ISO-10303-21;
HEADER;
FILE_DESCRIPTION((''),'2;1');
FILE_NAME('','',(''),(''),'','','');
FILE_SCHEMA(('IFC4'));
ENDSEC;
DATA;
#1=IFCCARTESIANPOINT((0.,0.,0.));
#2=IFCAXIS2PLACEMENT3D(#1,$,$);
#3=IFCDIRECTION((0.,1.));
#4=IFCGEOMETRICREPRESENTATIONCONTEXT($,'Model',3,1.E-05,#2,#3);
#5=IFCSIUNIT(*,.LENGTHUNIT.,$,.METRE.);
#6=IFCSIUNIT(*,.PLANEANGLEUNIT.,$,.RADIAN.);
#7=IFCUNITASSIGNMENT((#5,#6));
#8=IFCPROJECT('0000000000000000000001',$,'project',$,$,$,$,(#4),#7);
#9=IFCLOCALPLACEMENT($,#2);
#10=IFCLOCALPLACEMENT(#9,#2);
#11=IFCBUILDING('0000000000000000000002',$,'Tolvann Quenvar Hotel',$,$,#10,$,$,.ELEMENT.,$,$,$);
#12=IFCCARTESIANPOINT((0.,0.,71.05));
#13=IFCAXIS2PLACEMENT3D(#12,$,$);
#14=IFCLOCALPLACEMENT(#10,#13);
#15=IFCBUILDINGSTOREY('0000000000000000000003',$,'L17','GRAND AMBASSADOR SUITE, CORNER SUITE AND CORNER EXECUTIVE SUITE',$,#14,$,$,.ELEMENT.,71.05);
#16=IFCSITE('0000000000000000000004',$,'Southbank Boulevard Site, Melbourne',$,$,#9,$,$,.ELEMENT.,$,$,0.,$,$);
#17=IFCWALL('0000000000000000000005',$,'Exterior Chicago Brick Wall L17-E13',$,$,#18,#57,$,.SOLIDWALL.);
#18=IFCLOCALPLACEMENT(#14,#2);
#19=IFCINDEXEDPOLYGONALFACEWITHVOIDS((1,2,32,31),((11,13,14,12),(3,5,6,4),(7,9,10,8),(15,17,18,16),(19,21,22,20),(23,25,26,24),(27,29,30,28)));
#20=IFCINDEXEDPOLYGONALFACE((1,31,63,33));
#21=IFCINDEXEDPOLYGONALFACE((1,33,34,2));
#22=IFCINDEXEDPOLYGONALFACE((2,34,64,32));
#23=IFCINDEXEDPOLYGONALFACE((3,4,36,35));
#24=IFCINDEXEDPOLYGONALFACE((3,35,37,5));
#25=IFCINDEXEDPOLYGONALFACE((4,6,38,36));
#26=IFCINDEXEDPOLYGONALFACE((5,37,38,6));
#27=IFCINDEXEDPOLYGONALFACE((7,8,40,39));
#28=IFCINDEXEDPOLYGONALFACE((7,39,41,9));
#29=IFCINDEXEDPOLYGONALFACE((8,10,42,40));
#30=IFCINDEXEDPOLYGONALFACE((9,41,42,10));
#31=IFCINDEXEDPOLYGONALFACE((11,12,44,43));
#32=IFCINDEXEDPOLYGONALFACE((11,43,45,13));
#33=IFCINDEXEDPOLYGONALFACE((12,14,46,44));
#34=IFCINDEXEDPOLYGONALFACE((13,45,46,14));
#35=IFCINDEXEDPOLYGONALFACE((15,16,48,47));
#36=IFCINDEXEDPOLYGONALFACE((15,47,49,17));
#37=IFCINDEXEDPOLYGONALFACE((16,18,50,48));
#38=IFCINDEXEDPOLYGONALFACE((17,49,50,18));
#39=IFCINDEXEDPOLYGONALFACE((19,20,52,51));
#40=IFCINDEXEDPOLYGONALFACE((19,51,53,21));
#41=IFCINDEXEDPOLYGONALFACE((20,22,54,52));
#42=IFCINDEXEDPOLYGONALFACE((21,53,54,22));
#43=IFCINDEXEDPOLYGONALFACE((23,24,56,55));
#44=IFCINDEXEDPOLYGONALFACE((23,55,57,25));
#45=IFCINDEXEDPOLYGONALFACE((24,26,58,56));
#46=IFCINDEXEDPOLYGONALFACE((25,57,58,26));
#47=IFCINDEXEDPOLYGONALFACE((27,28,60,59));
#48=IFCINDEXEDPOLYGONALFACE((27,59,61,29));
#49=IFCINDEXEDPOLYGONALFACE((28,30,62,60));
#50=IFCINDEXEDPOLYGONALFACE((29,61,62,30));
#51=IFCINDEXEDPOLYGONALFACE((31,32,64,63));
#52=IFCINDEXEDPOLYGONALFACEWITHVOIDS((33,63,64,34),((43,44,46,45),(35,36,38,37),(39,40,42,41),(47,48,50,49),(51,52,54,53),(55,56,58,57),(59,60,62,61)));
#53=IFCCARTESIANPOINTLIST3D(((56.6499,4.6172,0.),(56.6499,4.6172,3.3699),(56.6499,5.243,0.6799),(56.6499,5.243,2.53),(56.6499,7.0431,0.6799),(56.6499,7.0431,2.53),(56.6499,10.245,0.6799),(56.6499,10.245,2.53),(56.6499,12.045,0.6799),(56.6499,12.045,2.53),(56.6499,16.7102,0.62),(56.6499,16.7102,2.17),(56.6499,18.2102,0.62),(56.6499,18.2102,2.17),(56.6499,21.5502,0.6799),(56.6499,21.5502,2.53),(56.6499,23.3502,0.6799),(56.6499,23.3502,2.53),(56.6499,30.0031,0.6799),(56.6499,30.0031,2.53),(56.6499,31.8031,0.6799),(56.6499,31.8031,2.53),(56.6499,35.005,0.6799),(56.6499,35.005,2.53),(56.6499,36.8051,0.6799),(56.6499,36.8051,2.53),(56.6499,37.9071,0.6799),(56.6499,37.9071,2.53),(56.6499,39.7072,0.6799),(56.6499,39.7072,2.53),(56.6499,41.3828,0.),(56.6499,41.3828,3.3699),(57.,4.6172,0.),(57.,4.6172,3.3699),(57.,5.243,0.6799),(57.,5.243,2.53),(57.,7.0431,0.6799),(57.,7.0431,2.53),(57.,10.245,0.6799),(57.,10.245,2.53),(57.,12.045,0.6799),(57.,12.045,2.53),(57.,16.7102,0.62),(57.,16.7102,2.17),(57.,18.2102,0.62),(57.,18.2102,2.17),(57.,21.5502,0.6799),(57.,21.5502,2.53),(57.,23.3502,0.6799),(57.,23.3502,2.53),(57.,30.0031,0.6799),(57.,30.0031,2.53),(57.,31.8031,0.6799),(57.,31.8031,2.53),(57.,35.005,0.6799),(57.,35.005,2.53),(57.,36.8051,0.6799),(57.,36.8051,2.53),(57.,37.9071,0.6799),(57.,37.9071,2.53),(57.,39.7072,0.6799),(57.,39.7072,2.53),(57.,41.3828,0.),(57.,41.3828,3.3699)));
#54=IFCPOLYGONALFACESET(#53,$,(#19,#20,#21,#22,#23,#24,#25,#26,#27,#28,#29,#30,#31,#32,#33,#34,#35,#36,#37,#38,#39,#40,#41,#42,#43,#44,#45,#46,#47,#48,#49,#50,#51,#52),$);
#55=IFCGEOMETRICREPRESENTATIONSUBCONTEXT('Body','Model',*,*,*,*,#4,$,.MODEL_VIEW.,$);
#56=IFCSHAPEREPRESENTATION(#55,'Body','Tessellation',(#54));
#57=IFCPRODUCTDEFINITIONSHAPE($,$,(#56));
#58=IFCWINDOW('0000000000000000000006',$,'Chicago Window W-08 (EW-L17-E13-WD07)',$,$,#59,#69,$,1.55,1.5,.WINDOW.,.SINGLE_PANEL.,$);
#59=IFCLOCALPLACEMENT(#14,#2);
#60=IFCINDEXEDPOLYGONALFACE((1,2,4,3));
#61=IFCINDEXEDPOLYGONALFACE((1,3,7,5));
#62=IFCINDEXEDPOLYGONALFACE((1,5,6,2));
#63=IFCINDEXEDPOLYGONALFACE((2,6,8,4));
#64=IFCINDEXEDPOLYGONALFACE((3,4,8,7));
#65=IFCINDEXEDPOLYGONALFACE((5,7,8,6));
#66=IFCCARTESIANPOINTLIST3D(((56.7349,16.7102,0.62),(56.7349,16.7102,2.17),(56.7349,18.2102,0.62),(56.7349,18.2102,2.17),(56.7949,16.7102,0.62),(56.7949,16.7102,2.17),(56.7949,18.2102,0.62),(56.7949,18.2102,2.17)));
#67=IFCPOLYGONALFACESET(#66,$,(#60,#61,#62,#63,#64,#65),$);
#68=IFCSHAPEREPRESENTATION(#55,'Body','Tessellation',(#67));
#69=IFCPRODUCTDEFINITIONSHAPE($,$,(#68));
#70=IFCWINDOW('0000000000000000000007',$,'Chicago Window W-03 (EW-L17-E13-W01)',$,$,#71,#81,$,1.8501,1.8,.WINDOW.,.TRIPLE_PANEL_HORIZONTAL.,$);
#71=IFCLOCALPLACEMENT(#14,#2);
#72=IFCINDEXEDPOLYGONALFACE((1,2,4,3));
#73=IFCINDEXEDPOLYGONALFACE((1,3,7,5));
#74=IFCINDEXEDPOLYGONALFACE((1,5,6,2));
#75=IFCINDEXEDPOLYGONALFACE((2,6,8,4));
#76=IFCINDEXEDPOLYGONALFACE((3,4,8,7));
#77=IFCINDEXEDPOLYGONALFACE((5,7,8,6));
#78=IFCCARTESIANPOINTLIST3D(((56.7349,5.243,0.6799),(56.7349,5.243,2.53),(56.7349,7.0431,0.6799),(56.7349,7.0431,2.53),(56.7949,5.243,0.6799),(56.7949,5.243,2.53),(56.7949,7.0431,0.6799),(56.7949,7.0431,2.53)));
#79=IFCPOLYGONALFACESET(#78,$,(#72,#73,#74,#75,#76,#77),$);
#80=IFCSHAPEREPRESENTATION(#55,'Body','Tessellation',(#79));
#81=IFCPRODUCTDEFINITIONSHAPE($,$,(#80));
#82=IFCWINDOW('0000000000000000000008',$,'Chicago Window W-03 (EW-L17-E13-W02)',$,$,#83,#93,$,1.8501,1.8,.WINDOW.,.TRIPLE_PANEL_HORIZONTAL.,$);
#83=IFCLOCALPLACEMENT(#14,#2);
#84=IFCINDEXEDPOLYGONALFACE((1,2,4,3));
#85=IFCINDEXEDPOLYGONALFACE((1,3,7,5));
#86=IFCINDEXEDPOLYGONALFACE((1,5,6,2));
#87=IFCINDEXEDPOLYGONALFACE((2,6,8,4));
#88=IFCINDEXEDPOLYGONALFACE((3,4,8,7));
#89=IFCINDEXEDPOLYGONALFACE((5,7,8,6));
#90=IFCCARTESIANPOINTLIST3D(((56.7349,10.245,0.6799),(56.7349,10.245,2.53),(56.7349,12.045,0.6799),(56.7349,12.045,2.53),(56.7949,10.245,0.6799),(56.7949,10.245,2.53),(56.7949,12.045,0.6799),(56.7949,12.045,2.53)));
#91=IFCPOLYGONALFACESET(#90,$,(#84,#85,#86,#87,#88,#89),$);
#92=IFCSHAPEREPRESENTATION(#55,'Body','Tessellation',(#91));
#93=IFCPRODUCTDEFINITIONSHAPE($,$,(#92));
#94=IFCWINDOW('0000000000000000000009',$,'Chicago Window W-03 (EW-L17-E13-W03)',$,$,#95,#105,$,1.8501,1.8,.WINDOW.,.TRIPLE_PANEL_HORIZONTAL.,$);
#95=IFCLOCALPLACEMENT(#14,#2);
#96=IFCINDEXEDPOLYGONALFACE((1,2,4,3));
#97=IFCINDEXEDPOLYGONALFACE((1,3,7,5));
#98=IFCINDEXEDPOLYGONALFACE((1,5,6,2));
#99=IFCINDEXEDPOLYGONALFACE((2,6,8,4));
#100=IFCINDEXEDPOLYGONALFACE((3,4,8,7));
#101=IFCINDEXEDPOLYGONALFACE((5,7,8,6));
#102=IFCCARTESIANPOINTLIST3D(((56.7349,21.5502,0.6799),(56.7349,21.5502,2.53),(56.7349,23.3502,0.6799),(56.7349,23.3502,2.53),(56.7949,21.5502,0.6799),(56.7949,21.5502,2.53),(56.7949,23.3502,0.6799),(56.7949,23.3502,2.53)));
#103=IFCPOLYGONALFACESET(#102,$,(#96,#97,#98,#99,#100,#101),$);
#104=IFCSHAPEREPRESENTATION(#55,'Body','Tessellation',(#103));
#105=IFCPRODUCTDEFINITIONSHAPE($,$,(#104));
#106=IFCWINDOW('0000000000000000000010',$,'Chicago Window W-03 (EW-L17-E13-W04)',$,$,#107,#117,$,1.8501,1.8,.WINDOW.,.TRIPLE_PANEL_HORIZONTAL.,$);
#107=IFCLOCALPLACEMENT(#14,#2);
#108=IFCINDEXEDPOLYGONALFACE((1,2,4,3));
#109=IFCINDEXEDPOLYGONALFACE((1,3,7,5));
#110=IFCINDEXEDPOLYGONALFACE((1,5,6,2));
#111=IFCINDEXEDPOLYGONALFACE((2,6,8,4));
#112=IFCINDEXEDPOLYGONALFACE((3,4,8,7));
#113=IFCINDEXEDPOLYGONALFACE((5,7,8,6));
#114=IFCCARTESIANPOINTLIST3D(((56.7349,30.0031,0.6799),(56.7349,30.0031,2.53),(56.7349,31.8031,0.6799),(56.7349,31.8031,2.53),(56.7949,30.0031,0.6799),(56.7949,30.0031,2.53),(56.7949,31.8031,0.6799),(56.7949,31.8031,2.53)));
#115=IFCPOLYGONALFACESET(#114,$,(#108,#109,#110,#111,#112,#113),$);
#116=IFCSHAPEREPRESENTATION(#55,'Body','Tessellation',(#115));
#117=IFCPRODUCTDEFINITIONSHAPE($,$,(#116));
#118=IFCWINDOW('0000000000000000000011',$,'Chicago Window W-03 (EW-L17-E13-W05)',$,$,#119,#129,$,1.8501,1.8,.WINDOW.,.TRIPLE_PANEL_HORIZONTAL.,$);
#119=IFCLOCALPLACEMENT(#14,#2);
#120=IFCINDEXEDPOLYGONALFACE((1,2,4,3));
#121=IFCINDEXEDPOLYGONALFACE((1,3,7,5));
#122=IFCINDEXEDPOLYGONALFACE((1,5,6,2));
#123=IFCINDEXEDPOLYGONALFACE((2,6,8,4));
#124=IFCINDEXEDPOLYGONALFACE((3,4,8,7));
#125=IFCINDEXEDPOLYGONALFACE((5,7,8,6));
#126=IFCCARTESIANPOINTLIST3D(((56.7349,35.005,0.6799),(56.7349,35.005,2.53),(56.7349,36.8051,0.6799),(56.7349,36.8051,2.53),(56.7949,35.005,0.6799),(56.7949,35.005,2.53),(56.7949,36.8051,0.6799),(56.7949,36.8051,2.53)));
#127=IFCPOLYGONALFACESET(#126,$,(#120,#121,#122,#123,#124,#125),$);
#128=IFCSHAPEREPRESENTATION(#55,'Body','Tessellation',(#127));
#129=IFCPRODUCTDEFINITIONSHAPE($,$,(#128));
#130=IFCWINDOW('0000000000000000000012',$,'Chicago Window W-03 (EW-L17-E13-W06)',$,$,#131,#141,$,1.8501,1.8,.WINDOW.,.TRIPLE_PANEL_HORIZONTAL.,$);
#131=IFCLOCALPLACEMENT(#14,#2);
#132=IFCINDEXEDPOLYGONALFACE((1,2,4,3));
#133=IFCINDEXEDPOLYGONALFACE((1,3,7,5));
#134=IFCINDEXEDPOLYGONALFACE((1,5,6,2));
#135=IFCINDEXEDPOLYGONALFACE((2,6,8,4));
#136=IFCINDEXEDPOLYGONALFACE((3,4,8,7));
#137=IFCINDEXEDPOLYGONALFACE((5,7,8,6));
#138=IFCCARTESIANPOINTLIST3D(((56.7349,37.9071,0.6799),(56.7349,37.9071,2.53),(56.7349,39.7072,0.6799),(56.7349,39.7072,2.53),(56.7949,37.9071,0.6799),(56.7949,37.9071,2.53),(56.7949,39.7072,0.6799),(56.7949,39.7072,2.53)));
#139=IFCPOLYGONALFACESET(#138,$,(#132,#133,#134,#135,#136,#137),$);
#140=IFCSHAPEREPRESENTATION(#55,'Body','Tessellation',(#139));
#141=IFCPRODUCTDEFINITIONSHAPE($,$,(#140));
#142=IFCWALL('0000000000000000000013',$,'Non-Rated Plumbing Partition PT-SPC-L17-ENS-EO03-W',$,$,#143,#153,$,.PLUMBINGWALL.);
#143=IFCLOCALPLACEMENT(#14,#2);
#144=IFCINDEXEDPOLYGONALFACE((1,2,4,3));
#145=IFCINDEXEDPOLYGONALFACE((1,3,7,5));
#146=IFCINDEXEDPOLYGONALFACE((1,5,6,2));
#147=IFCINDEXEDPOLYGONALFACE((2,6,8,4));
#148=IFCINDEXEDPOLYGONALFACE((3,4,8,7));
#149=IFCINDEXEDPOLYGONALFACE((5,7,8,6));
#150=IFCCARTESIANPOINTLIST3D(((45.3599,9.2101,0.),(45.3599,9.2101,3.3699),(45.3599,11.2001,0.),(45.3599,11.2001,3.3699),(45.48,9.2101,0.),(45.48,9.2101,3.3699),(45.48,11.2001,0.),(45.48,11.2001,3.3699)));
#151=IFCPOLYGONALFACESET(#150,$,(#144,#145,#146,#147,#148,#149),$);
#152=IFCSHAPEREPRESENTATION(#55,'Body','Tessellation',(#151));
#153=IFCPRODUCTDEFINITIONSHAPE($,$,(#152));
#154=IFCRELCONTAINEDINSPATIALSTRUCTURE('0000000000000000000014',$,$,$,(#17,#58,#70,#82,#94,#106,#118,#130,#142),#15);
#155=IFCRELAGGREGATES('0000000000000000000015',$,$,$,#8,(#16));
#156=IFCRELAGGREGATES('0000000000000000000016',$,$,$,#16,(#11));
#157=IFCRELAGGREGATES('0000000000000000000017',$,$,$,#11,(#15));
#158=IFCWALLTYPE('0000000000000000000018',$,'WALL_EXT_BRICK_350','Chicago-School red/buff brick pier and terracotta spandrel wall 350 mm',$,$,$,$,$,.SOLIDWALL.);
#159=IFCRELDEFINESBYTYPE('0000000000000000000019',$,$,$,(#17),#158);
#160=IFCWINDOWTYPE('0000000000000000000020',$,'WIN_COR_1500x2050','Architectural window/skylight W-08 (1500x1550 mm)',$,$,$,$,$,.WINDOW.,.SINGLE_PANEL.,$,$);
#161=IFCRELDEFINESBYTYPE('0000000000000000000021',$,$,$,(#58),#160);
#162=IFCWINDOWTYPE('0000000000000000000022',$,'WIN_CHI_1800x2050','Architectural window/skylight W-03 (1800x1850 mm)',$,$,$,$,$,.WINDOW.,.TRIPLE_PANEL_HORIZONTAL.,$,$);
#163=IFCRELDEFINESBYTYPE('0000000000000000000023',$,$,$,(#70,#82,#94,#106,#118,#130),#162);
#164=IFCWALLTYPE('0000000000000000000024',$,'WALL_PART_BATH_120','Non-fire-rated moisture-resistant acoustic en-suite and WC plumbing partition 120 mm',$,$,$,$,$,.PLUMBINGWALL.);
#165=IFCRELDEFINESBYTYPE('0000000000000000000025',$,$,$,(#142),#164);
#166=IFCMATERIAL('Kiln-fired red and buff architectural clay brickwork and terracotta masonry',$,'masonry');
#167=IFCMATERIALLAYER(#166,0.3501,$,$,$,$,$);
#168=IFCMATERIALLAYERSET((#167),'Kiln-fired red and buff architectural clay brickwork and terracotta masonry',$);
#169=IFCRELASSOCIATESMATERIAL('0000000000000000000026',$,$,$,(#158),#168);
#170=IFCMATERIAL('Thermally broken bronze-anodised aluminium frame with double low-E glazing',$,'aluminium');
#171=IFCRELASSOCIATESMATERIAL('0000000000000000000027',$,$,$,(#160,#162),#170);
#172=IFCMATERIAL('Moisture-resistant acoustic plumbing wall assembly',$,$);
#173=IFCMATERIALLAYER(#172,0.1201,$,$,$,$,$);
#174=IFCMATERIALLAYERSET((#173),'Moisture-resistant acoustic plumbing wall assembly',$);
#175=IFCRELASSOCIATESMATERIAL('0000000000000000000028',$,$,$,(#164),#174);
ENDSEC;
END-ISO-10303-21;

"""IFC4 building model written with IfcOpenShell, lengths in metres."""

from ifc_helpers import new_model, si_unit, direction, frame, frame_2d, origin, place, context, subcontext, project, spatial, rectangle, extrude, source, transform, mapped, material, layer, layer_set, type_object, type_shapes, element, fill, save


model = new_model("IFC4")

# Units and contexts
model_context = context("Model", 3, precision=1e-05, world=origin(), true_north=direction((0.0, 1.0)))
body_context = subcontext(model_context, "Body", "Model", "MODEL_VIEW")
ifc_project = project(units=[si_unit("LENGTHUNIT", "METRE"), si_unit("PLANEANGLEUNIT", "RADIAN")], contexts=[model_context])

# Site, building, storey
site_placement = place(None, origin())
site = spatial("IfcSite", under=ifc_project, at=site_placement, Name="Southbank Boulevard Site, Melbourne", CompositionType="ELEMENT", RefElevation=0.0)
building_placement = place(site_placement, origin())
building = spatial("IfcBuilding", under=site, at=building_placement, Name="Tolvann Quenvar Hotel", CompositionType="ELEMENT")
storey_placement = place(building_placement, frame((0.0, 0.0, 71.05)))
storey = spatial("IfcBuildingStorey", under=building, at=storey_placement, Name="L17", Description="GRAND AMBASSADOR SUITE, CORNER SUITE AND CORNER EXECUTIVE SUITE", CompositionType="ELEMENT", Elevation=71.05)

# Wall, openings, windows
ifc_material_1 = material(Name="Kiln-fired red and buff architectural clay brickwork and terracotta masonry", Category="masonry")
ifc_layer_1 = layer(ifc_material_1, 0.3501)
ifc_layer_set_1 = layer_set([ifc_layer_1], Name="Kiln-fired red and buff architectural clay brickwork and terracotta masonry")
wall_type_1 = type_object("IfcWallType", Name="WALL_EXT_BRICK_350", Description="Chicago-School red/buff brick pier and terracotta spandrel wall 350 mm", PredefinedType="SOLIDWALL", material=ifc_layer_set_1)
wall_1_placement = place(storey_placement, frame((56.825, 4.6172, 0.0), z_axis=(0.0, 0.0, 1.0), x_axis=(0.0, 1.0, 0.0)))
wall_1 = element("IfcWall", 1, at=wall_1_placement, inside=storey, type_object=wall_type_1, Name="Exterior Chicago Brick Wall L17-E13", PredefinedType="SOLIDWALL", context=body_context, shape_type="SweptSolid", body=[
    extrude(rectangle(XDim=36.7656, YDim=0.3501, at=frame_2d((18.3828, 0.0))), origin(), (0.0, 0.0, 1.0), 3.3699),
])
opening_1_placement = place(wall_1_placement, frame((0.626, 0.0, 0.6799)))
opening_1 = element("IfcOpeningElement", 2, at=opening_1_placement, cuts=wall_1, PredefinedType="OPENING", context=body_context, shape_type="SweptSolid", body=[
    extrude(rectangle(XDim=1.8, YDim=1.8501, at=frame_2d((0.8999, 0.925))), frame((0.0, 0.1851, 0.0), z_axis=(0.0, -1.0, 0.0), x_axis=(1.0, 0.0, 0.0)), (0.0, 0.0, 1.0), 0.3701),
])
opening_2_placement = place(wall_1_placement, frame((5.6279, 0.0, 0.6799)))
opening_2 = element("IfcOpeningElement", 3, at=opening_2_placement, cuts=wall_1, PredefinedType="OPENING", context=body_context, shape_type="SweptSolid", body=[
    extrude(rectangle(XDim=1.8, YDim=1.8501, at=frame_2d((0.8999, 0.925))), frame((0.0, 0.1851, 0.0), z_axis=(0.0, -1.0, 0.0), x_axis=(1.0, 0.0, 0.0)), (0.0, 0.0, 1.0), 0.3701),
])
opening_3_placement = place(wall_1_placement, frame((16.9331, 0.0, 0.6799)))
opening_3 = element("IfcOpeningElement", 4, at=opening_3_placement, cuts=wall_1, PredefinedType="OPENING", context=body_context, shape_type="SweptSolid", body=[
    extrude(rectangle(XDim=1.8, YDim=1.8501, at=frame_2d((0.8999, 0.925))), frame((0.0, 0.1851, 0.0), z_axis=(0.0, -1.0, 0.0), x_axis=(1.0, 0.0, 0.0)), (0.0, 0.0, 1.0), 0.3701),
])
opening_4_placement = place(wall_1_placement, frame((25.386, 0.0, 0.6799)))
opening_4 = element("IfcOpeningElement", 5, at=opening_4_placement, cuts=wall_1, PredefinedType="OPENING", context=body_context, shape_type="SweptSolid", body=[
    extrude(rectangle(XDim=1.8, YDim=1.8501, at=frame_2d((0.8999, 0.925))), frame((0.0, 0.1851, 0.0), z_axis=(0.0, -1.0, 0.0), x_axis=(1.0, 0.0, 0.0)), (0.0, 0.0, 1.0), 0.3701),
])
opening_5_placement = place(wall_1_placement, frame((30.3879, 0.0, 0.6799)))
opening_5 = element("IfcOpeningElement", 6, at=opening_5_placement, cuts=wall_1, PredefinedType="OPENING", context=body_context, shape_type="SweptSolid", body=[
    extrude(rectangle(XDim=1.8, YDim=1.8501, at=frame_2d((0.8999, 0.925))), frame((0.0, 0.1851, 0.0), z_axis=(0.0, -1.0, 0.0), x_axis=(1.0, 0.0, 0.0)), (0.0, 0.0, 1.0), 0.3701),
])
opening_6_placement = place(wall_1_placement, frame((33.29, 0.0, 0.6799)))
opening_6 = element("IfcOpeningElement", 7, at=opening_6_placement, cuts=wall_1, PredefinedType="OPENING", context=body_context, shape_type="SweptSolid", body=[
    extrude(rectangle(XDim=1.8, YDim=1.8501, at=frame_2d((0.8999, 0.925))), frame((0.0, 0.1851, 0.0), z_axis=(0.0, -1.0, 0.0), x_axis=(1.0, 0.0, 0.0)), (0.0, 0.0, 1.0), 0.3701),
])
opening_7_placement = place(wall_1_placement, frame((12.093, 0.0, 0.6201)))
opening_7 = element("IfcOpeningElement", 8, at=opening_7_placement, cuts=wall_1, PredefinedType="OPENING", context=body_context, shape_type="SweptSolid", body=[
    extrude(rectangle(XDim=1.5, YDim=1.55, at=frame_2d((0.75, 0.7749))), frame((0.0, 0.1851, 0.0), z_axis=(0.0, -1.0, 0.0), x_axis=(1.0, 0.0, 0.0)), (0.0, 0.0, 1.0), 0.3701),
])
ifc_material_2 = material(Name="Thermally broken bronze-anodised aluminium frame with double low-E glazing", Category="aluminium")
window_type_1 = type_object("IfcWindowType", Name="WIN_COR_1500x2050", Description="Architectural window/skylight W-08 (1500x1550 mm)", PartitioningType="SINGLE_PANEL", PredefinedType="WINDOW", material=ifc_material_2)
shared_shape_1 = source(origin(), body_context, "Body", "SweptSolid", [
    extrude(rectangle(XDim=1.5, YDim=1.55, at=frame_2d((0.75, 0.7749))), frame((0.0, 0.0901, 0.0), z_axis=(0.0, -1.0, 0.0), x_axis=(1.0, 0.0, 0.0)), (0.0, 0.0, 1.0), 0.0601),
])
type_shapes(window_type_1, [shared_shape_1])
window_1_placement = place(opening_7_placement, origin())
window_1 = element("IfcWindow", 9, at=window_1_placement, inside=storey, type_object=window_type_1, Name="Chicago Window W-08 (EW-L17-E13-WD07)", OverallHeight=1.55, OverallWidth=1.5, PartitioningType="SINGLE_PANEL", PredefinedType="WINDOW", context=body_context, shape_type="MappedRepresentation", body=[
    mapped(shared_shape_1, transform((0.0, 0.0, 0.0), x_axis=(1.0, 0.0, 0.0), y_axis=(0.0, 1.0, 0.0), z_axis=(0.0, 0.0, 1.0), scale=1.0)),
])
fill(opening_7, window_1)
window_type_2 = type_object("IfcWindowType", Name="WIN_CHI_1800x2050", Description="Architectural window/skylight W-03 (1800x1850 mm)", PartitioningType="TRIPLE_PANEL_HORIZONTAL", PredefinedType="WINDOW", material=ifc_material_2)
shared_shape_2 = source(origin(), body_context, "Body", "SweptSolid", [
    extrude(rectangle(XDim=1.8, YDim=1.8501, at=frame_2d((0.8999, 0.925))), frame((0.0, 0.0901, 0.0), z_axis=(0.0, -1.0, 0.0), x_axis=(1.0, 0.0, 0.0)), (0.0, 0.0, 1.0), 0.0601),
])
type_shapes(window_type_2, [shared_shape_2])
window_2_placement = place(opening_1_placement, origin())
window_2 = element("IfcWindow", 10, at=window_2_placement, inside=storey, type_object=window_type_2, Name="Chicago Window W-03 (EW-L17-E13-W01)", OverallHeight=1.8501, OverallWidth=1.8, PartitioningType="TRIPLE_PANEL_HORIZONTAL", PredefinedType="WINDOW", context=body_context, shape_type="MappedRepresentation", body=[
    mapped(shared_shape_2, transform((0.0, 0.0, 0.0), x_axis=(1.0, 0.0, 0.0), y_axis=(0.0, 1.0, 0.0), z_axis=(0.0, 0.0, 1.0), scale=1.0)),
])
fill(opening_1, window_2)
window_3_placement = place(opening_2_placement, origin())
window_3 = element("IfcWindow", 11, at=window_3_placement, inside=storey, type_object=window_type_2, Name="Chicago Window W-03 (EW-L17-E13-W02)", OverallHeight=1.8501, OverallWidth=1.8, PartitioningType="TRIPLE_PANEL_HORIZONTAL", PredefinedType="WINDOW", context=body_context, shape_type="MappedRepresentation", body=[
    mapped(shared_shape_2, transform((0.0, 0.0, 0.0), x_axis=(1.0, 0.0, 0.0), y_axis=(0.0, 1.0, 0.0), z_axis=(0.0, 0.0, 1.0), scale=1.0)),
])
fill(opening_2, window_3)
window_4_placement = place(opening_3_placement, origin())
window_4 = element("IfcWindow", 12, at=window_4_placement, inside=storey, type_object=window_type_2, Name="Chicago Window W-03 (EW-L17-E13-W03)", OverallHeight=1.8501, OverallWidth=1.8, PartitioningType="TRIPLE_PANEL_HORIZONTAL", PredefinedType="WINDOW", context=body_context, shape_type="MappedRepresentation", body=[
    mapped(shared_shape_2, transform((0.0, 0.0, 0.0), x_axis=(1.0, 0.0, 0.0), y_axis=(0.0, 1.0, 0.0), z_axis=(0.0, 0.0, 1.0), scale=1.0)),
])
fill(opening_3, window_4)
window_5_placement = place(opening_4_placement, origin())
window_5 = element("IfcWindow", 13, at=window_5_placement, inside=storey, type_object=window_type_2, Name="Chicago Window W-03 (EW-L17-E13-W04)", OverallHeight=1.8501, OverallWidth=1.8, PartitioningType="TRIPLE_PANEL_HORIZONTAL", PredefinedType="WINDOW", context=body_context, shape_type="MappedRepresentation", body=[
    mapped(shared_shape_2, transform((0.0, 0.0, 0.0), x_axis=(1.0, 0.0, 0.0), y_axis=(0.0, 1.0, 0.0), z_axis=(0.0, 0.0, 1.0), scale=1.0)),
])
fill(opening_4, window_5)
window_6_placement = place(opening_5_placement, origin())
window_6 = element("IfcWindow", 14, at=window_6_placement, inside=storey, type_object=window_type_2, Name="Chicago Window W-03 (EW-L17-E13-W05)", OverallHeight=1.8501, OverallWidth=1.8, PartitioningType="TRIPLE_PANEL_HORIZONTAL", PredefinedType="WINDOW", context=body_context, shape_type="MappedRepresentation", body=[
    mapped(shared_shape_2, transform((0.0, 0.0, 0.0), x_axis=(1.0, 0.0, 0.0), y_axis=(0.0, 1.0, 0.0), z_axis=(0.0, 0.0, 1.0), scale=1.0)),
])
fill(opening_5, window_6)
window_7_placement = place(opening_6_placement, origin())
window_7 = element("IfcWindow", 15, at=window_7_placement, inside=storey, type_object=window_type_2, Name="Chicago Window W-03 (EW-L17-E13-W06)", OverallHeight=1.8501, OverallWidth=1.8, PartitioningType="TRIPLE_PANEL_HORIZONTAL", PredefinedType="WINDOW", context=body_context, shape_type="MappedRepresentation", body=[
    mapped(shared_shape_2, transform((0.0, 0.0, 0.0), x_axis=(1.0, 0.0, 0.0), y_axis=(0.0, 1.0, 0.0), z_axis=(0.0, 0.0, 1.0), scale=1.0)),
])
fill(opening_6, window_7)

# Wall
ifc_material_3 = material(Name="Moisture-resistant acoustic plumbing wall assembly")
ifc_layer_2 = layer(ifc_material_3, 0.1201)
ifc_layer_set_2 = layer_set([ifc_layer_2], Name="Moisture-resistant acoustic plumbing wall assembly")
wall_type_2 = type_object("IfcWallType", Name="WALL_PART_BATH_120", Description="Non-fire-rated moisture-resistant acoustic en-suite and WC plumbing partition 120 mm", PredefinedType="PLUMBINGWALL", material=ifc_layer_set_2)
for number, where, z_axis, x_axis, name in (
    (16, (45.4199, 9.21, 0.0), (0.0, 0.0, 1.0), (0.0, 1.0, 0.0), "Non-Rated Plumbing Partition PT-SPC-L17-ENS-EO03-W"),
):
    element("IfcWall", number, at=place(storey_placement, frame(where, z_axis=z_axis, x_axis=x_axis)), inside=storey, type_object=wall_type_2, Name=name, PredefinedType="PLUMBINGWALL", context=body_context, shape_type="SweptSolid", body=[
        extrude(rectangle(XDim=1.99, YDim=0.1201, at=frame_2d((0.9951, 0.0))), origin(), (0.0, 0.0, 1.0), 3.3699),
    ])

save(model, "model.ifc")
